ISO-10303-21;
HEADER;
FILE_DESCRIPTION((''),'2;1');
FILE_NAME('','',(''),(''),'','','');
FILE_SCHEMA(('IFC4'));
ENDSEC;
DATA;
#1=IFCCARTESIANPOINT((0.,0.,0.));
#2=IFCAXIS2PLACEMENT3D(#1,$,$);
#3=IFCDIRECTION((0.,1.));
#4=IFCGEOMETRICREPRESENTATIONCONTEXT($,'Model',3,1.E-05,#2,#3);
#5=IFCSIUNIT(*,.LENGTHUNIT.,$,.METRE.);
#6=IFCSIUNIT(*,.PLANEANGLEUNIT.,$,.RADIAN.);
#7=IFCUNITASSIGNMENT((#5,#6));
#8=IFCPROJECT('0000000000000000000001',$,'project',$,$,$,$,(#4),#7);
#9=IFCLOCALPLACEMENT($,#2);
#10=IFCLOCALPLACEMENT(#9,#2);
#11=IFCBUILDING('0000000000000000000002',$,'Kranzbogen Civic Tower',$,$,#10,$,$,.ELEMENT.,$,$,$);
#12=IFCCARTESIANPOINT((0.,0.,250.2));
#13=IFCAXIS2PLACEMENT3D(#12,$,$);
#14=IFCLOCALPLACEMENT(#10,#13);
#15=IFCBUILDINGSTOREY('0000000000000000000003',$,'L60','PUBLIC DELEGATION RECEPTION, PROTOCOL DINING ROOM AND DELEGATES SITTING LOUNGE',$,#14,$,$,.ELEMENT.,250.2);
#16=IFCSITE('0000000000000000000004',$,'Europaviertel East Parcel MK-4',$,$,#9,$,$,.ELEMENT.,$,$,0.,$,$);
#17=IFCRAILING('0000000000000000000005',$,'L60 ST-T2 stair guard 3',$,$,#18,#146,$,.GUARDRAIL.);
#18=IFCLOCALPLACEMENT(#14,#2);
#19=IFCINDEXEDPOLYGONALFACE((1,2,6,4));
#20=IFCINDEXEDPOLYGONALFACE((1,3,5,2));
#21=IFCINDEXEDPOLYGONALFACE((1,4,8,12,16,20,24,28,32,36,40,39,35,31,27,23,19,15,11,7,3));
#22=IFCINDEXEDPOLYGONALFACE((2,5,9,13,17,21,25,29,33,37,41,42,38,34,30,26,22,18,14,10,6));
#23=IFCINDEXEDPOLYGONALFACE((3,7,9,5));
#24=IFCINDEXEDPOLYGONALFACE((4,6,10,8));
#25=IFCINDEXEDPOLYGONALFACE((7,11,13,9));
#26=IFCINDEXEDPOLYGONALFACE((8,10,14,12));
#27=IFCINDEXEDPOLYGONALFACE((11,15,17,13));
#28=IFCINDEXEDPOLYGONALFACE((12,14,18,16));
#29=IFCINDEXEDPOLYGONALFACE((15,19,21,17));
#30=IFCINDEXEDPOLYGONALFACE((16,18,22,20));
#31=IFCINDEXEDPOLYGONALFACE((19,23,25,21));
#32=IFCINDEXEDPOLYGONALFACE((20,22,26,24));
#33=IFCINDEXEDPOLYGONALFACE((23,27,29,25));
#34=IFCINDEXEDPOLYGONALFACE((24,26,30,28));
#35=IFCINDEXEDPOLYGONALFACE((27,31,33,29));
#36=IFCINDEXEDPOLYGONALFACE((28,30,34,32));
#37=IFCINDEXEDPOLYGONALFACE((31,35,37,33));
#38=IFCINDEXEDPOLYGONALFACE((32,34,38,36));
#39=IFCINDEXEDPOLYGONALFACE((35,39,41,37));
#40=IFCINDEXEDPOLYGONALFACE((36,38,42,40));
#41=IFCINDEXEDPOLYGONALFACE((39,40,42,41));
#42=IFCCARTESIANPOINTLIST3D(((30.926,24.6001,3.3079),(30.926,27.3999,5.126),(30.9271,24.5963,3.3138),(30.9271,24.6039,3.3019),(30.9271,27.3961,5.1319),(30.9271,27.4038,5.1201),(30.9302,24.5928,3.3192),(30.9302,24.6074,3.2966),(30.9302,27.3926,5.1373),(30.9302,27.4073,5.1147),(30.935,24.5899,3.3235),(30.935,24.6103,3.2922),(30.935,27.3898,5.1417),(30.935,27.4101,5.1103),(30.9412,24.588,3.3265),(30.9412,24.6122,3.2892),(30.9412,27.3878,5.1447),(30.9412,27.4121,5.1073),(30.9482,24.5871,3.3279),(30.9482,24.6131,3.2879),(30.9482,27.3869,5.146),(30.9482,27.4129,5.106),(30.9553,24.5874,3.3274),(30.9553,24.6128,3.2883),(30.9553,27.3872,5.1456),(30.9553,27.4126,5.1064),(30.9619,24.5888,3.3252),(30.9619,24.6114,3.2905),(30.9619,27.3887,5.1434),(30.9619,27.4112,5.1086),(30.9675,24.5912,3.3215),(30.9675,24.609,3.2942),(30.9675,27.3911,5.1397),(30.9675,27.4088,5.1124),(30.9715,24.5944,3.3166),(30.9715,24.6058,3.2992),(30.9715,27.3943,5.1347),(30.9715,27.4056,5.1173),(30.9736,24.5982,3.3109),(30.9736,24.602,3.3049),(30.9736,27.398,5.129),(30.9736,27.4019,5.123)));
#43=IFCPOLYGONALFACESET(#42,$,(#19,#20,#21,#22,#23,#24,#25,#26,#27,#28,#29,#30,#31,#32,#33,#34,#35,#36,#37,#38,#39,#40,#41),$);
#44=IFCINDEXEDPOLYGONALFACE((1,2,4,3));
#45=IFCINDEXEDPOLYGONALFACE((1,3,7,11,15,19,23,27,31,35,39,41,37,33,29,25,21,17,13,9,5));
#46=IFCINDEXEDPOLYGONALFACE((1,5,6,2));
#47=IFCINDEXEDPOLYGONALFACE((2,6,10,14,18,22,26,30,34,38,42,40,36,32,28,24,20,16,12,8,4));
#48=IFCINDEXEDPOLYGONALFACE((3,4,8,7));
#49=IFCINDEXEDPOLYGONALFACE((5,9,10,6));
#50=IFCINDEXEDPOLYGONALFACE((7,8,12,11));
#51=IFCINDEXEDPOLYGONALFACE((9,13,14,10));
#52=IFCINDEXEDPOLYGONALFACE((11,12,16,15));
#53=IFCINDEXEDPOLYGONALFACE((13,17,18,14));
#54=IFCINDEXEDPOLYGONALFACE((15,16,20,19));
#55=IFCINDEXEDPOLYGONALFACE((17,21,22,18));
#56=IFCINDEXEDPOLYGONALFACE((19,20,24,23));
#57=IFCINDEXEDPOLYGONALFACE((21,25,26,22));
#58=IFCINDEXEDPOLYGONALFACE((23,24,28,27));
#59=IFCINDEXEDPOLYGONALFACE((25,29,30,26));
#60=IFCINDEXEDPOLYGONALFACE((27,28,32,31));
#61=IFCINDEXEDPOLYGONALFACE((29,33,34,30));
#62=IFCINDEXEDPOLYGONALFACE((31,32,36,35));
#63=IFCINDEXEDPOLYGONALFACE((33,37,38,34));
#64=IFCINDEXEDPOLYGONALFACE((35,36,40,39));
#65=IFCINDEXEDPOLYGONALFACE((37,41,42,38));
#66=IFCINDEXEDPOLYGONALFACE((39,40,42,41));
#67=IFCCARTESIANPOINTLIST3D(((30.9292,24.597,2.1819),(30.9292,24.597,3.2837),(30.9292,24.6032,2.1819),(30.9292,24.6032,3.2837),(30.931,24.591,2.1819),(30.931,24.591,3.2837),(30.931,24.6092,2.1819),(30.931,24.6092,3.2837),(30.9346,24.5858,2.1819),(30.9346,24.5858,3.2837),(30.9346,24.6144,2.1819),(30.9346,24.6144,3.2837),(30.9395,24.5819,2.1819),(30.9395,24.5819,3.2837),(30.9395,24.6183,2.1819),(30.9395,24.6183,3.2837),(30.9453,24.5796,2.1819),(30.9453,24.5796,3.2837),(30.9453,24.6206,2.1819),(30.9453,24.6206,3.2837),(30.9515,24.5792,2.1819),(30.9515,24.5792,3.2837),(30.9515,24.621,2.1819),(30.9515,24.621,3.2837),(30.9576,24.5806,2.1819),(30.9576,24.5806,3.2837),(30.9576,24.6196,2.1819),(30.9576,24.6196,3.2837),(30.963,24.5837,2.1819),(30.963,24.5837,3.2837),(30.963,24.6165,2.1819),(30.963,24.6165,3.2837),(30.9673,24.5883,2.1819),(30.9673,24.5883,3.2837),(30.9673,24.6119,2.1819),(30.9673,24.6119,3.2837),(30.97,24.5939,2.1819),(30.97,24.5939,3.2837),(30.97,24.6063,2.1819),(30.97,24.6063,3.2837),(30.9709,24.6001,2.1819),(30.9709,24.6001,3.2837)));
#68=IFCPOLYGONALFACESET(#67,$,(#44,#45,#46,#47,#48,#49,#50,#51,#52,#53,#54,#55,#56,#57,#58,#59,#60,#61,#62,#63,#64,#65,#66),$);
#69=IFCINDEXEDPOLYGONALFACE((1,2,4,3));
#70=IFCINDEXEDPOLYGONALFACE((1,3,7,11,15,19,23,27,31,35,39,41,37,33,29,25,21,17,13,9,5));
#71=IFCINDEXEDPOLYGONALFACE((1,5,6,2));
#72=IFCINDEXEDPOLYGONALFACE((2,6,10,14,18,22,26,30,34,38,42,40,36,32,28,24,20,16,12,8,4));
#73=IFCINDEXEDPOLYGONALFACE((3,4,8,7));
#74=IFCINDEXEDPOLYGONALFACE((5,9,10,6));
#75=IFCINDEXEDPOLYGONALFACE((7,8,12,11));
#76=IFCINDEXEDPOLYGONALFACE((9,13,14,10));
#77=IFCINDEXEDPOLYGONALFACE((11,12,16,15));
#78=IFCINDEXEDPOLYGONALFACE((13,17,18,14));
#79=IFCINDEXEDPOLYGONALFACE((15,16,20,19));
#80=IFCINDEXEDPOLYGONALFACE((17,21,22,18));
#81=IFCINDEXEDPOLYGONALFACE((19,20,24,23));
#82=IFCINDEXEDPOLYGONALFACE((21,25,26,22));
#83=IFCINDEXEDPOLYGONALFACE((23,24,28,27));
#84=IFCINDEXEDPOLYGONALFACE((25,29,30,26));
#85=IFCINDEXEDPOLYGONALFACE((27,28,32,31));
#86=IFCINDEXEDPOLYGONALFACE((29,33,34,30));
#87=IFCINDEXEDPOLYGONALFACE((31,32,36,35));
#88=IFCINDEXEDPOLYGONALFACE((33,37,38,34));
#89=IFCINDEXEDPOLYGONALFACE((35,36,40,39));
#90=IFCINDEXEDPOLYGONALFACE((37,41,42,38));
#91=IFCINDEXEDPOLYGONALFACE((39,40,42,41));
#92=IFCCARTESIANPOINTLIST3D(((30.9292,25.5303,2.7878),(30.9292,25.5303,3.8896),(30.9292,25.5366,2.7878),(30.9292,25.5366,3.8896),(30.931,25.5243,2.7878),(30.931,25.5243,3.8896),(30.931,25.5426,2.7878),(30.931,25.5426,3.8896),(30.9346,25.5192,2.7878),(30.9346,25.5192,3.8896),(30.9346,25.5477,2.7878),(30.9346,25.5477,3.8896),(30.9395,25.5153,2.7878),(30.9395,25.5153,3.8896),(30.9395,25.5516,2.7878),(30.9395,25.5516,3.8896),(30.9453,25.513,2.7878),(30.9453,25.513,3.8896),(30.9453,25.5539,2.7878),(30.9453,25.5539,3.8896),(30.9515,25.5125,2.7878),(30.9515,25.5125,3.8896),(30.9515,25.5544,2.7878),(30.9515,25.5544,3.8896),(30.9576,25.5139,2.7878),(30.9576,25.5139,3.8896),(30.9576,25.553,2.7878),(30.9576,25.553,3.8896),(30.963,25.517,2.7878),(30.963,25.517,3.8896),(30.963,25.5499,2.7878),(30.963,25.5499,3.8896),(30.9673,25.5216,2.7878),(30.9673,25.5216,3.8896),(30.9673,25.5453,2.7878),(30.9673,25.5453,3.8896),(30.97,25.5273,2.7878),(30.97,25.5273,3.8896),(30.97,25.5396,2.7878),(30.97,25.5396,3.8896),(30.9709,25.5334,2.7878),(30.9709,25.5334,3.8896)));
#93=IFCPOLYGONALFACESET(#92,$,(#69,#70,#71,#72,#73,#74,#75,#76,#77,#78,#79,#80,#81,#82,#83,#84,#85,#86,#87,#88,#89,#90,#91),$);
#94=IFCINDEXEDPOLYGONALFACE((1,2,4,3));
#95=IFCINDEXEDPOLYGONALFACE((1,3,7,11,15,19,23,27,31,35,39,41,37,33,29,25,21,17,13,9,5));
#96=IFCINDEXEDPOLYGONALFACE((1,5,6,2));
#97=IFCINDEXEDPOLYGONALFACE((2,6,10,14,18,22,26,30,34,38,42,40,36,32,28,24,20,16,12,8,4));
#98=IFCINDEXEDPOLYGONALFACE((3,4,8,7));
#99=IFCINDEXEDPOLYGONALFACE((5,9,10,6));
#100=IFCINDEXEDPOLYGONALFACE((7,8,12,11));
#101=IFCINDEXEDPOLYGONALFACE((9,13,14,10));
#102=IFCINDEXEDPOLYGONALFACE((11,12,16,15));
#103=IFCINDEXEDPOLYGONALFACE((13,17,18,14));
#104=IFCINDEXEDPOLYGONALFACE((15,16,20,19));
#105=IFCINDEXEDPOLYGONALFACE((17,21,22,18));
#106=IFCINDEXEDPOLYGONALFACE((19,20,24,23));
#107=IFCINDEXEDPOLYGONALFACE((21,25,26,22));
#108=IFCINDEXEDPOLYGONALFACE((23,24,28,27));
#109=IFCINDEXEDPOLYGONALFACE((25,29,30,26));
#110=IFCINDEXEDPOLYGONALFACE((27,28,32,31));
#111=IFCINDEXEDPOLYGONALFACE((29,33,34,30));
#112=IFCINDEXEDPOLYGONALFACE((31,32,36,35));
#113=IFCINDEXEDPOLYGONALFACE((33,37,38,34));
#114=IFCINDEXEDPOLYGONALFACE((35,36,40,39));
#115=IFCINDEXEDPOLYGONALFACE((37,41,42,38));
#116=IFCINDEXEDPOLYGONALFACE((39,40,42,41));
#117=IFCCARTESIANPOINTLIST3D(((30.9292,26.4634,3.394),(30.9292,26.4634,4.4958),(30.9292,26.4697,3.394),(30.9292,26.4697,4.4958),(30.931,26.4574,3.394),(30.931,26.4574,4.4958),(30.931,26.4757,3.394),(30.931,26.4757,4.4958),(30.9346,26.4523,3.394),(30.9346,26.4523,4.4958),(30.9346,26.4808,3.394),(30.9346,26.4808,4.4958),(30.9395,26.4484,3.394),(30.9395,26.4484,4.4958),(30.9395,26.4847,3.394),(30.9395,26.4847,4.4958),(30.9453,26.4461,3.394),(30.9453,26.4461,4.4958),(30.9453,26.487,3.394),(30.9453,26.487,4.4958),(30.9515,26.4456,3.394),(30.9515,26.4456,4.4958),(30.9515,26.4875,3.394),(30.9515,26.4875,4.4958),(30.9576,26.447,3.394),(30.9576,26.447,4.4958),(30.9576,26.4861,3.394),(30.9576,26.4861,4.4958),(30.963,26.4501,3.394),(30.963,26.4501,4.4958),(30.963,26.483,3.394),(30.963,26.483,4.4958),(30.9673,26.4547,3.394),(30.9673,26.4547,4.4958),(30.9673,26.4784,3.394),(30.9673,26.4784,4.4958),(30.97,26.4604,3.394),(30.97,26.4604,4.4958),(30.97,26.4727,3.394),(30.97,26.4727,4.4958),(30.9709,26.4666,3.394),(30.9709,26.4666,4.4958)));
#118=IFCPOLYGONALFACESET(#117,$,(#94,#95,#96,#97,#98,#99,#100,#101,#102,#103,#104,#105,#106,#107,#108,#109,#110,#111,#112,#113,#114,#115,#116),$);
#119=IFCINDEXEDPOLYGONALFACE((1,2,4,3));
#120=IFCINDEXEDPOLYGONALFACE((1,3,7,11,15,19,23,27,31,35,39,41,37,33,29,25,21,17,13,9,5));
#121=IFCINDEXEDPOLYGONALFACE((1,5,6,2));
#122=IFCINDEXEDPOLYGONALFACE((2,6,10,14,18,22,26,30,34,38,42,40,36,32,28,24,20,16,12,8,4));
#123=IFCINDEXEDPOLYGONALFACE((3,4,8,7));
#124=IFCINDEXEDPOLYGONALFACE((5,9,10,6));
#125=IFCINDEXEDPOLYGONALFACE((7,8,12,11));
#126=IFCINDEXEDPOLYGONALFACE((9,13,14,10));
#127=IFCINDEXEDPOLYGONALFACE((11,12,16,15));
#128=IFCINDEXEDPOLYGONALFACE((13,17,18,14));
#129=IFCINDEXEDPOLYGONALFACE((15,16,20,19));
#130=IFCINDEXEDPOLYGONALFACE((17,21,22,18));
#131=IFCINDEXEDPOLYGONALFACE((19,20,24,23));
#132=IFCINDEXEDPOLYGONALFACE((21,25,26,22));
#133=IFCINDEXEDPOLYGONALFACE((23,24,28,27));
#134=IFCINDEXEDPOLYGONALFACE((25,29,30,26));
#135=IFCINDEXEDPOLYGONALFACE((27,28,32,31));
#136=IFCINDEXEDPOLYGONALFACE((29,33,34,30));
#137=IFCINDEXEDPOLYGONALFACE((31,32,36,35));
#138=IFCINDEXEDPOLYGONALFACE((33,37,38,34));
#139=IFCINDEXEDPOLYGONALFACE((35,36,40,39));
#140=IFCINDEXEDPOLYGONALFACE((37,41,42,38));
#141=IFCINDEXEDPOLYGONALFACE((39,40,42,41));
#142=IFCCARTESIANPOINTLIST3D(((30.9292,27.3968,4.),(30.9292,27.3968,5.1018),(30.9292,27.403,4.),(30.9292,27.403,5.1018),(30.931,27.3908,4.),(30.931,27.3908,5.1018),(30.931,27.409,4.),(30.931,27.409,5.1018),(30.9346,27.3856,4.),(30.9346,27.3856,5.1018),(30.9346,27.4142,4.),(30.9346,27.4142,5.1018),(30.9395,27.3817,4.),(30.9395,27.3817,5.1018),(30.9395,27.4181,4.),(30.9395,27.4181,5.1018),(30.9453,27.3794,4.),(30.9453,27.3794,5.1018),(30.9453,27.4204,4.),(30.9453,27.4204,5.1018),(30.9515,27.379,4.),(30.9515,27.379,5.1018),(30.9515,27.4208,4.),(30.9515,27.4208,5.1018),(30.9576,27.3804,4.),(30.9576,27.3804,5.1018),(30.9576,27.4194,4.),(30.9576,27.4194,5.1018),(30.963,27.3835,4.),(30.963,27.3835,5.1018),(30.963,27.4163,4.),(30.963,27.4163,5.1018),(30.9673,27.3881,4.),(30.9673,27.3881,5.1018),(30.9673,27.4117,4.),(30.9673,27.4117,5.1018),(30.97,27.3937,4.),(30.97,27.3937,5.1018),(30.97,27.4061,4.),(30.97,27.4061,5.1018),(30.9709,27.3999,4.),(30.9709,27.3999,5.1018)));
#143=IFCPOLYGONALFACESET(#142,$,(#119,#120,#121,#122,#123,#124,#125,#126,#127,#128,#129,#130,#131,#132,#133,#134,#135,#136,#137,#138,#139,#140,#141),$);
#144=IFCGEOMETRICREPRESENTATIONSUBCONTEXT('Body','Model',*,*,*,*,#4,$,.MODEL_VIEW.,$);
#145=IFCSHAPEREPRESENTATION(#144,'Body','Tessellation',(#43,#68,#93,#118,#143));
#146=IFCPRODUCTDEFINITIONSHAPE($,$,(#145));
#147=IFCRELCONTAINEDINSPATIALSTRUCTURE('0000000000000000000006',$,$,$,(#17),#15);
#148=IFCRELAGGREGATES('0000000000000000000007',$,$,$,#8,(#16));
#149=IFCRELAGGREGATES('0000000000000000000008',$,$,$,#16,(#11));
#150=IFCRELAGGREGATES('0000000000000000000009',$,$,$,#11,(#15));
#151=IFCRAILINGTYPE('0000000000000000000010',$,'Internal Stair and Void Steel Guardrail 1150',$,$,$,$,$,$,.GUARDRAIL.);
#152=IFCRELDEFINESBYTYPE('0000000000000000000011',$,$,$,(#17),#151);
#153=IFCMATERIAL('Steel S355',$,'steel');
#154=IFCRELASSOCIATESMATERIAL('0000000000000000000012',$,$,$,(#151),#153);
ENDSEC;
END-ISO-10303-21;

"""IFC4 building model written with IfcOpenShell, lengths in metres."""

from ifc_helpers import new_model, si_unit, direction, frame, origin, origin_2d, place, context, subcontext, project, spatial, circle, extrude, material, type_object, element, save


model = new_model("IFC4")

# Units and contexts
model_context = context("Model", 3, precision=1e-05, world=origin(), true_north=direction((0.0, 1.0)))
body_context = subcontext(model_context, "Body", "Model", "MODEL_VIEW")
ifc_project = project(units=[si_unit("LENGTHUNIT", "METRE"), si_unit("PLANEANGLEUNIT", "RADIAN")], contexts=[model_context])

# Site, building, storey
site_placement = place(None, origin())
site = spatial("IfcSite", under=ifc_project, at=site_placement, Name="Europaviertel East Parcel MK-4", CompositionType="ELEMENT", RefElevation=0.0)
building_placement = place(site_placement, origin())
building = spatial("IfcBuilding", under=site, at=building_placement, Name="Kranzbogen Civic Tower", CompositionType="ELEMENT")
storey_placement = place(building_placement, frame((0.0, 0.0, 250.2)))
storey = spatial("IfcBuildingStorey", under=building, at=storey_placement, Name="L60", Description="PUBLIC DELEGATION RECEPTION, PROTOCOL DINING ROOM AND DELEGATES SITTING LOUNGE", CompositionType="ELEMENT", Elevation=250.2)

# Shared definitions
ifc_material_1 = material(Name="Steel S355", Category="steel")

# Railing
railing_type = type_object("IfcRailingType", Name="Internal Stair and Void Steel Guardrail 1150", PredefinedType="GUARDRAIL", material=ifc_material_1)
railing_1_placement = place(storey_placement, frame((30.95, 24.6001, 2.1819)))
element("IfcRailing", 1, at=railing_1_placement, inside=storey, type_object=railing_type, Name="L60 ST-T2 stair guard 3", PredefinedType="GUARDRAIL", context=body_context, shape_type="SweptSolid", body=[
    extrude(circle(Radius=0.0239, at=origin_2d()), frame((0.0, 0.0, 1.126), z_axis=(0.0, 0.838684, 0.544618), x_axis=(-1.0, 0.0, 0.0)), (0.0, 0.0, 1.0), 3.3384),
    extrude(circle(Radius=0.021, at=origin_2d()), origin(), (0.0, 0.0, 1.0), 1.1018),
    extrude(circle(Radius=0.021, at=origin_2d()), frame((0.0, 0.9333, 0.606)), (0.0, 0.0, 1.0), 1.1018),
    extrude(circle(Radius=0.021, at=origin_2d()), frame((0.0, 1.8665, 1.2122)), (0.0, 0.0, 1.0), 1.1018),
    extrude(circle(Radius=0.021, at=origin_2d()), frame((0.0, 2.7998, 1.8181)), (0.0, 0.0, 1.0), 1.1018),
])

save(model, "model.ifc")
